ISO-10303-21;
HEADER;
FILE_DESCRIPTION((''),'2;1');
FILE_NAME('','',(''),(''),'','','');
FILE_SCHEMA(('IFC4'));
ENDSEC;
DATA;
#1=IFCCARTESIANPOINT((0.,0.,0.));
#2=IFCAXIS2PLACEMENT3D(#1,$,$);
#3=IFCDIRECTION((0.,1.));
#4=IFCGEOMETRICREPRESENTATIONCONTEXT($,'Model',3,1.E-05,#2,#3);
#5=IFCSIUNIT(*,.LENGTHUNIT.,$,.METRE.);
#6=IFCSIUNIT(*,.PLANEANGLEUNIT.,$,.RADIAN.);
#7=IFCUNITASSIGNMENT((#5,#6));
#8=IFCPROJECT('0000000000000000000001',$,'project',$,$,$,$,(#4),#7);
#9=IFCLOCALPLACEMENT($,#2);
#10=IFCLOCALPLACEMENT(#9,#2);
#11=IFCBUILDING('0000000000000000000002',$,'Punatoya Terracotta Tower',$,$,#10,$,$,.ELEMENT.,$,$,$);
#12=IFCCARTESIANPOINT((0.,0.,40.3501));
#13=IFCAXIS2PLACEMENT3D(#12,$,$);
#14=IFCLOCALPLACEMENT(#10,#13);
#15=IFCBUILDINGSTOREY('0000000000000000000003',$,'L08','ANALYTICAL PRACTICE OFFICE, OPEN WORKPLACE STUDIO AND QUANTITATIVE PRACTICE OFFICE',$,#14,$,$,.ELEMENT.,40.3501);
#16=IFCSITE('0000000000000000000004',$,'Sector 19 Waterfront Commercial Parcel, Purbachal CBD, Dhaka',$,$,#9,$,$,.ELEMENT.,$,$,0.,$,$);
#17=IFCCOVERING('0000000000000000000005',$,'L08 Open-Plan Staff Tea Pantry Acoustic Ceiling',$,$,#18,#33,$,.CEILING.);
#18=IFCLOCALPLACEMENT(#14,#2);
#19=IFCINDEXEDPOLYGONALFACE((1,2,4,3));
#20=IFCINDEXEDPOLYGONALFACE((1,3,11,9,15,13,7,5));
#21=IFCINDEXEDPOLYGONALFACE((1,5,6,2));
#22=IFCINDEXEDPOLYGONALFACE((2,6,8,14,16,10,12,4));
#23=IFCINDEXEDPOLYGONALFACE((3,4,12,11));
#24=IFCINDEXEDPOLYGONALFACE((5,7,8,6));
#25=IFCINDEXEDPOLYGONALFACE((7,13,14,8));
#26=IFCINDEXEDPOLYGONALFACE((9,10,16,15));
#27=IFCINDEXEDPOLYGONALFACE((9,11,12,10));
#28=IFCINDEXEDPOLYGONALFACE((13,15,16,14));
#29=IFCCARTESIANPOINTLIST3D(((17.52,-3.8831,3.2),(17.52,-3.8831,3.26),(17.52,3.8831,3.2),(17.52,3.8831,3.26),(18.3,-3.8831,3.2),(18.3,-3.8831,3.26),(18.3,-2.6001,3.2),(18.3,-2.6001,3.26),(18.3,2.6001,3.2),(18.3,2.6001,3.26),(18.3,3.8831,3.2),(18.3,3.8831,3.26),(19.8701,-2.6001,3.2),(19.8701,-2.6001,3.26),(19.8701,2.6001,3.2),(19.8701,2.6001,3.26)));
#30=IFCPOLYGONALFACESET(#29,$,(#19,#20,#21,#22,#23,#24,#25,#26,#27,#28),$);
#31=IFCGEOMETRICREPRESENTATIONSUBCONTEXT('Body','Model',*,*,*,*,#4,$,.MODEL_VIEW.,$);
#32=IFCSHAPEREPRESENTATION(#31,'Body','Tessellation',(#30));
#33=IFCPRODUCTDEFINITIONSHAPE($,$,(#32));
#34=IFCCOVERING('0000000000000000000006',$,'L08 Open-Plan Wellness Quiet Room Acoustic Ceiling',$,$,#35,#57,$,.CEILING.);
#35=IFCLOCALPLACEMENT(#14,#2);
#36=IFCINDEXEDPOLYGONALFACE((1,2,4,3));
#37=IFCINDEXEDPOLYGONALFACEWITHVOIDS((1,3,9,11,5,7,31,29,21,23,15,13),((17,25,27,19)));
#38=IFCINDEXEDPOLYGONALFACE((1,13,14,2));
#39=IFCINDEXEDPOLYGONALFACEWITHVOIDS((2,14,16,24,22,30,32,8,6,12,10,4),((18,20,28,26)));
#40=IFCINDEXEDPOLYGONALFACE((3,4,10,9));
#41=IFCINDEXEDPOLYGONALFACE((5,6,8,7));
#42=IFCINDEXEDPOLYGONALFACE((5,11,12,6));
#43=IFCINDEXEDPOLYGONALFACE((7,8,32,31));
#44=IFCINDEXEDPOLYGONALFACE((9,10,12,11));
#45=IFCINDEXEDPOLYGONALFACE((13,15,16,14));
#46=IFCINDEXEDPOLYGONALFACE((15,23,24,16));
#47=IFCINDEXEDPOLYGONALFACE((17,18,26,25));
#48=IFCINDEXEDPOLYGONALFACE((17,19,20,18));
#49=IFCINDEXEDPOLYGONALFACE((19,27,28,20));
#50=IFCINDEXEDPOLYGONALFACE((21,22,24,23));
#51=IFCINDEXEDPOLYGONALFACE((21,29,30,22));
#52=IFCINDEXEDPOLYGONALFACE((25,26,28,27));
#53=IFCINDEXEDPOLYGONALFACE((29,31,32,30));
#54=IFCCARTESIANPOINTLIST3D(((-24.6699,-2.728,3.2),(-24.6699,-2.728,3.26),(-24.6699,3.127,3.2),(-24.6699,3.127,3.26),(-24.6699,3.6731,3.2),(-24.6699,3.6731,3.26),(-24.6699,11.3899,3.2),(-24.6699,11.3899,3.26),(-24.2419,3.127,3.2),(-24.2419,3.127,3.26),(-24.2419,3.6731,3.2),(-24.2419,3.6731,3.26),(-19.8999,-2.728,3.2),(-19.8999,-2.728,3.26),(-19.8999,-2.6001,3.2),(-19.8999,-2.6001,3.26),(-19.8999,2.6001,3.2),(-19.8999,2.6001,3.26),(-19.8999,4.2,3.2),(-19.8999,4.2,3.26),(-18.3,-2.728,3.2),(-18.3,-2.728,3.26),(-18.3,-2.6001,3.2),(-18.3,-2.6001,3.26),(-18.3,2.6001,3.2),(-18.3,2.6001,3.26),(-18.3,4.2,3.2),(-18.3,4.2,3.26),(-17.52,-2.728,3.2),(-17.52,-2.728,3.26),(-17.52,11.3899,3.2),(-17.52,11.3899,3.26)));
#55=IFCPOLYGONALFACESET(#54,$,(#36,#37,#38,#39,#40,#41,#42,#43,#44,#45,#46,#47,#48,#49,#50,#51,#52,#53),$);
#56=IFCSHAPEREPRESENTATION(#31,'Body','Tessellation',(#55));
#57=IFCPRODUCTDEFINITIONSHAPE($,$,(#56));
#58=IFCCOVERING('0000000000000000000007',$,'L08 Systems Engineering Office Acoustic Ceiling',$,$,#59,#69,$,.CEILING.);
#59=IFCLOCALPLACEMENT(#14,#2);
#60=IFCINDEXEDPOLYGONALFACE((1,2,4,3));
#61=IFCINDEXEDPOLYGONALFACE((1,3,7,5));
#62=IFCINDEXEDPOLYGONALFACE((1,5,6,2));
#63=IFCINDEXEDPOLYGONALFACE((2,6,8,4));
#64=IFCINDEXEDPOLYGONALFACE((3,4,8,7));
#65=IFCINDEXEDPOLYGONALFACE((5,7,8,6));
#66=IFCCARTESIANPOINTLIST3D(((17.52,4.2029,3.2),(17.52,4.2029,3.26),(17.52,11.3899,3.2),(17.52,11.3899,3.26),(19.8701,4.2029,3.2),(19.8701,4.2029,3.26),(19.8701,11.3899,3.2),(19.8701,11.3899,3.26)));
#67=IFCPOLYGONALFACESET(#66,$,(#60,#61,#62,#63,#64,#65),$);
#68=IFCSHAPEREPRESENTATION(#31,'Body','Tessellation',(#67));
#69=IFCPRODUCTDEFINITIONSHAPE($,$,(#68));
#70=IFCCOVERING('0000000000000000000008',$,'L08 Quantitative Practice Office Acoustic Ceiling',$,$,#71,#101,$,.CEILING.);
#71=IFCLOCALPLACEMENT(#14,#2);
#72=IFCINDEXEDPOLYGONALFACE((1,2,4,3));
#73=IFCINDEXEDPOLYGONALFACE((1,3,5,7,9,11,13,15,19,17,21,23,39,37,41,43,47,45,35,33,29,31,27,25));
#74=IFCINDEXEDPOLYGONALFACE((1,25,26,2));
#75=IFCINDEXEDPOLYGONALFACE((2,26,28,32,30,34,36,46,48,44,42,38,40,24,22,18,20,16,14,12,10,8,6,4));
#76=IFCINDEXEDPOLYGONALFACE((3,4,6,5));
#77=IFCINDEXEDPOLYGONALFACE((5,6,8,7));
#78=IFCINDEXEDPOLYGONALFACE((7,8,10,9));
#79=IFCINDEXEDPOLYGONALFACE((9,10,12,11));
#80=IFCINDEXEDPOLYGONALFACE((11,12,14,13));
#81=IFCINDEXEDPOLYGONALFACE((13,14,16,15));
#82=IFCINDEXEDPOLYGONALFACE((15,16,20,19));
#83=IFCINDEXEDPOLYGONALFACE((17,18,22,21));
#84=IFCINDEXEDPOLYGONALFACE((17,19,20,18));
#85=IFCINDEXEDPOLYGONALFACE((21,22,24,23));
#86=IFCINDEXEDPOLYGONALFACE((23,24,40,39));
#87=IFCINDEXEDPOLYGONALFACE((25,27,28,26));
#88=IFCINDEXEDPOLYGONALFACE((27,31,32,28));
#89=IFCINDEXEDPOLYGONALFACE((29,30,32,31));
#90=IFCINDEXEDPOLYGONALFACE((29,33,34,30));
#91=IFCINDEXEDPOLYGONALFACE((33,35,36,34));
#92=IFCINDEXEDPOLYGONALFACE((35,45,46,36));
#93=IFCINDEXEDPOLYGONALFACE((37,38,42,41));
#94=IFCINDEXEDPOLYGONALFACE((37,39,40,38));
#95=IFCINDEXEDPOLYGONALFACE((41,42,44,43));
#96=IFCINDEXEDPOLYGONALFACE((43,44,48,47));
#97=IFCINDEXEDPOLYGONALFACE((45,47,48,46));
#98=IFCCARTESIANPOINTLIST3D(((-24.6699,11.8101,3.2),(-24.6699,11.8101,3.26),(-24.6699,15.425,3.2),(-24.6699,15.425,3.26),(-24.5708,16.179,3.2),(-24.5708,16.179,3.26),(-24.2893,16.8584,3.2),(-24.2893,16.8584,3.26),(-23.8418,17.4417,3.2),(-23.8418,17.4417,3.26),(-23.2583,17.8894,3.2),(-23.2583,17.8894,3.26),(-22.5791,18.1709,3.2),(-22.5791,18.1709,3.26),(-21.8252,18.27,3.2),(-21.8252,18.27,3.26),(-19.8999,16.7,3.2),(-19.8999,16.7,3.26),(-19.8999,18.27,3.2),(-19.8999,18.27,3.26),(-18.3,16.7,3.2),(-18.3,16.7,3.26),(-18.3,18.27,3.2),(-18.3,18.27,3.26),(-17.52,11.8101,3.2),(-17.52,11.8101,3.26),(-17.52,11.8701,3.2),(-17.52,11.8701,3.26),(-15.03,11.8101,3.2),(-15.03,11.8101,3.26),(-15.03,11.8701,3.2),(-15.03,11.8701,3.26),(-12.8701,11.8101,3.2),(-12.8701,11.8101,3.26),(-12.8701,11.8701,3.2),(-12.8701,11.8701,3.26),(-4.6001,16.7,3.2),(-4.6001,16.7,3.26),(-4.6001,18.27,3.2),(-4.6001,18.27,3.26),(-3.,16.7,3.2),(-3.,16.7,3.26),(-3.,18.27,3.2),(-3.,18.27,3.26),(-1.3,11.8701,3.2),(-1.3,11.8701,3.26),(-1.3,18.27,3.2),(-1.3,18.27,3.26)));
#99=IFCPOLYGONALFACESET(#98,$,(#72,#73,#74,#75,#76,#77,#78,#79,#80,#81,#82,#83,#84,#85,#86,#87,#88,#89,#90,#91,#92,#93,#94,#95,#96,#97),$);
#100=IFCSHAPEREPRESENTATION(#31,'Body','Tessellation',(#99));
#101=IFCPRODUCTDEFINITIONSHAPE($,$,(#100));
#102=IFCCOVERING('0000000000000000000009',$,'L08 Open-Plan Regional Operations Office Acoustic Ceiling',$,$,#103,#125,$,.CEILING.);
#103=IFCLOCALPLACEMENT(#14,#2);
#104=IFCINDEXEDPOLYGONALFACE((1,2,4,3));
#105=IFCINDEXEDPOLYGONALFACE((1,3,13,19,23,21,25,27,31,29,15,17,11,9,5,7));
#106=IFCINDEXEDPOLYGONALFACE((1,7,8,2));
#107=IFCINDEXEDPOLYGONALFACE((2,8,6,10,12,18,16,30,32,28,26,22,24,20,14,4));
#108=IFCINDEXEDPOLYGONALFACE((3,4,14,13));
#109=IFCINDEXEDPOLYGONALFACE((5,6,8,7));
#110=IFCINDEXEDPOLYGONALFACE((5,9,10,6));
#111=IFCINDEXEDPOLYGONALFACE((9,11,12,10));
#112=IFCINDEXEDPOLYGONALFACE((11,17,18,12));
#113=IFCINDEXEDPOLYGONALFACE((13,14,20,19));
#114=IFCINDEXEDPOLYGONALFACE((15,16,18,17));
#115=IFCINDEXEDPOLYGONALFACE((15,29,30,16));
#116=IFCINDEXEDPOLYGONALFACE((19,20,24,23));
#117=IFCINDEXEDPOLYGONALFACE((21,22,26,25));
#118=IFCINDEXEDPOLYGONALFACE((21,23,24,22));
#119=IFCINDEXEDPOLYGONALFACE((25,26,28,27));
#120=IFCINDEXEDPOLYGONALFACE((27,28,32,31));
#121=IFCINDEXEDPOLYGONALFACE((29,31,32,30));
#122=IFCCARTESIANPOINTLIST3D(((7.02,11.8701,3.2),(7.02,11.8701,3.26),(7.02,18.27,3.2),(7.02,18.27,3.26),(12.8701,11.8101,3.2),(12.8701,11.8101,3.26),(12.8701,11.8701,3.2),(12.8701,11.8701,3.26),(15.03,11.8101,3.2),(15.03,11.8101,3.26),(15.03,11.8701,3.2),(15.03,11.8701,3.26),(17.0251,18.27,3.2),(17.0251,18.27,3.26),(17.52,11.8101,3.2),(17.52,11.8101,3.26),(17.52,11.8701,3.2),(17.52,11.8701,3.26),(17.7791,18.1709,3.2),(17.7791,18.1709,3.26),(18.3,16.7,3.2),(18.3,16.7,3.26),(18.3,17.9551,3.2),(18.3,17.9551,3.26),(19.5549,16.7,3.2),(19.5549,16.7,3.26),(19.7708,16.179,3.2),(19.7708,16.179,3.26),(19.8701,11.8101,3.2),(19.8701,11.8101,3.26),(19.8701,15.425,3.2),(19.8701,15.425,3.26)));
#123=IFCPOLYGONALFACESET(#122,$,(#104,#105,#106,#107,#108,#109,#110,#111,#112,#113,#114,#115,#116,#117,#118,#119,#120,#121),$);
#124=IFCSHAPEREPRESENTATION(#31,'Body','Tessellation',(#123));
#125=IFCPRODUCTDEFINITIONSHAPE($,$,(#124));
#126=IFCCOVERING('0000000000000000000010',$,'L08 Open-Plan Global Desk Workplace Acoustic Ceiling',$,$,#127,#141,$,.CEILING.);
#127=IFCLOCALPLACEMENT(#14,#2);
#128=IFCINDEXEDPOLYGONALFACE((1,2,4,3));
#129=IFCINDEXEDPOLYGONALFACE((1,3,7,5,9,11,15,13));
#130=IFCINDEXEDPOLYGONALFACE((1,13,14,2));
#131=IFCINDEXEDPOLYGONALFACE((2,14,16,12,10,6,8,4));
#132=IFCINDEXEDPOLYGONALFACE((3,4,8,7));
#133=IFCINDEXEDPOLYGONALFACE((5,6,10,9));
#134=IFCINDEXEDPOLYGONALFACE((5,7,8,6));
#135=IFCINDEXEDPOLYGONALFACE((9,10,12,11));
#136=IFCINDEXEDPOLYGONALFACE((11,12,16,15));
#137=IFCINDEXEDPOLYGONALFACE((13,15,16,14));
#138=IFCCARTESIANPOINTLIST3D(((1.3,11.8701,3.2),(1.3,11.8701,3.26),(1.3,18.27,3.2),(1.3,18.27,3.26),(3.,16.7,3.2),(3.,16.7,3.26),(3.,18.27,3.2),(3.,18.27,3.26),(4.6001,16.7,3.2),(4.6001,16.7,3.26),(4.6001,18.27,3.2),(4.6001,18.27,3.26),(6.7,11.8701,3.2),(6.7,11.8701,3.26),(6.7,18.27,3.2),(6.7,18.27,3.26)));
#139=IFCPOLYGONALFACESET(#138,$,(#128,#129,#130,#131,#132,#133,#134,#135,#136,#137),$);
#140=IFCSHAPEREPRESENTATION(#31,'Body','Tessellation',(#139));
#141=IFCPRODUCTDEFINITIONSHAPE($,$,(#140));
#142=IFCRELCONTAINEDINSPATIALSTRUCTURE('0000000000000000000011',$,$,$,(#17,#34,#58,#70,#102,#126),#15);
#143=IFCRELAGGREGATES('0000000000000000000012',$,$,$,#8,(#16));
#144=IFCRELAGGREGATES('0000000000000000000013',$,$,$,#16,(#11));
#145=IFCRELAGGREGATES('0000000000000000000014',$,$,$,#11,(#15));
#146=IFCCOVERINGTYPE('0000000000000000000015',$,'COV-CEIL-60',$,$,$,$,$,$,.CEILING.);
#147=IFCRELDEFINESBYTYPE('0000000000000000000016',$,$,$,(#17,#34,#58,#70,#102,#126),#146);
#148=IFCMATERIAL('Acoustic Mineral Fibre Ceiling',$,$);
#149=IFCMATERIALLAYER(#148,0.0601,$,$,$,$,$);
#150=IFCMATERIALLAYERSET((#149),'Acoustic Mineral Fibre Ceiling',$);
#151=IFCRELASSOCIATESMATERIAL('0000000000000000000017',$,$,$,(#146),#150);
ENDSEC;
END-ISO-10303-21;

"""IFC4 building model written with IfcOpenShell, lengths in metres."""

from ifc_helpers import new_model, si_unit, direction, frame, origin, place, context, subcontext, project, spatial, polyline, outline, extrude, material, layer, layer_set, type_object, element, save


model = new_model("IFC4")

# Units and contexts
model_context = context("Model", 3, precision=1e-05, world=origin(), true_north=direction((0.0, 1.0)))
body_context = subcontext(model_context, "Body", "Model", "MODEL_VIEW")
ifc_project = project(units=[si_unit("LENGTHUNIT", "METRE"), si_unit("PLANEANGLEUNIT", "RADIAN")], contexts=[model_context])

# Site, building, storey
site_placement = place(None, origin())
site = spatial("IfcSite", under=ifc_project, at=site_placement, Name="Sector 19 Waterfront Commercial Parcel, Purbachal CBD, Dhaka", CompositionType="ELEMENT", RefElevation=0.0)
building_placement = place(site_placement, origin())
building = spatial("IfcBuilding", under=site, at=building_placement, Name="Punatoya Terracotta Tower", CompositionType="ELEMENT")
storey_placement = place(building_placement, frame((0.0, 0.0, 40.3501)))
storey = spatial("IfcBuildingStorey", under=building, at=storey_placement, Name="L08", Description="ANALYTICAL PRACTICE OFFICE, OPEN WORKPLACE STUDIO AND QUANTITATIVE PRACTICE OFFICE", CompositionType="ELEMENT", Elevation=40.3501)

# Coverings
ifc_material_1 = material(Name="Acoustic Mineral Fibre Ceiling")
ifc_layer_1 = layer(ifc_material_1, 0.0601)
ifc_layer_set_1 = layer_set([ifc_layer_1], Name="Acoustic Mineral Fibre Ceiling")
covering_type = type_object("IfcCoveringType", Name="COV-CEIL-60", PredefinedType="CEILING", material=ifc_layer_set_1)
covering_1_placement = place(storey_placement, frame((0.0, 0.0, 3.2)))
element("IfcCovering", 1, at=covering_1_placement, inside=storey, type_object=covering_type, Name="L08 Open-Plan Staff Tea Pantry Acoustic Ceiling", PredefinedType="CEILING", context=body_context, shape_type="SweptSolid", body=[
    extrude(outline(polyline([(18.3, 2.6001), (18.3, 3.8831), (17.52, 3.8831), (17.52, -3.8831), (18.3, -3.8831), (18.3, -2.6001), (19.8701, -2.6001), (19.8701, 2.6001), (18.3, 2.6001)])), origin(), (0.0, 0.0, 1.0), 0.0601),
])
covering_2_placement = place(storey_placement, frame((0.0, 0.0, 3.2)))
element("IfcCovering", 2, at=covering_2_placement, inside=storey, type_object=covering_type, Name="L08 Open-Plan Wellness Quiet Room Acoustic Ceiling", PredefinedType="CEILING", context=body_context, shape_type="SweptSolid", body=[
    extrude(outline(polyline([(-17.52, -2.728), (-17.52, 11.3899), (-24.6699, 11.3899), (-24.6699, 3.6731), (-24.2419, 3.6731), (-24.2419, 3.127), (-24.6699, 3.127), (-24.6699, -2.728), (-19.8999, -2.728), (-19.8999, -2.6001), (-18.3, -2.6001), (-18.3, -2.728), (-17.52, -2.728)]), holes=[polyline([(-18.3, 4.2), (-18.3, 2.6001), (-19.8999, 2.6001), (-19.8999, 4.2), (-18.3, 4.2)])]), origin(), (0.0, 0.0, 1.0), 0.0601),
])
covering_3_placement = place(storey_placement, frame((0.0, 0.0, 3.2)))
element("IfcCovering", 3, at=covering_3_placement, inside=storey, type_object=covering_type, Name="L08 Systems Engineering Office Acoustic Ceiling", PredefinedType="CEILING", context=body_context, shape_type="SweptSolid", body=[
    extrude(outline(polyline([(17.52, 11.3899), (17.52, 4.2029), (19.8701, 4.2029), (19.8701, 11.3899), (17.52, 11.3899)])), origin(), (0.0, 0.0, 1.0), 0.0601),
])
covering_4_placement = place(storey_placement, frame((0.0, 0.0, 3.2)))
element("IfcCovering", 4, at=covering_4_placement, inside=storey, type_object=covering_type, Name="L08 Quantitative Practice Office Acoustic Ceiling", PredefinedType="CEILING", context=body_context, shape_type="SweptSolid", body=[
    extrude(outline(polyline([(-21.8252, 18.27), (-22.5791, 18.1709), (-23.2583, 17.8894), (-23.8418, 17.4417), (-24.2893, 16.8584), (-24.5708, 16.179), (-24.6699, 15.425), (-24.6699, 11.8101), (-17.52, 11.8101), (-17.52, 11.8701), (-15.03, 11.8701), (-15.03, 11.8101), (-12.8701, 11.8101), (-12.8701, 11.8701), (-1.3, 11.8701), (-1.3, 18.27), (-3.0, 18.27), (-3.0, 16.7), (-4.6001, 16.7), (-4.6001, 18.27), (-18.3, 18.27), (-18.3, 16.7), (-19.8999, 16.7), (-19.8999, 18.27), (-21.8252, 18.27)])), origin(), (0.0, 0.0, 1.0), 0.0601),
])
covering_5_placement = place(storey_placement, frame((0.0, 0.0, 3.2)))
element("IfcCovering", 5, at=covering_5_placement, inside=storey, type_object=covering_type, Name="L08 Open-Plan Regional Operations Office Acoustic Ceiling", PredefinedType="CEILING", context=body_context, shape_type="SweptSolid", body=[
    extrude(outline(polyline([(12.8701, 11.8101), (15.03, 11.8101), (15.03, 11.8701), (17.52, 11.8701), (17.52, 11.8101), (19.8701, 11.8101), (19.8701, 15.425), (19.7708, 16.179), (19.5549, 16.7), (18.3, 16.7), (18.3, 17.9551), (17.7791, 18.1709), (17.0251, 18.27), (7.02, 18.27), (7.02, 11.8701), (12.8701, 11.8701), (12.8701, 11.8101)])), origin(), (0.0, 0.0, 1.0), 0.0601),
])
covering_6_placement = place(storey_placement, frame((0.0, 0.0, 3.2)))
element("IfcCovering", 6, at=covering_6_placement, inside=storey, type_object=covering_type, Name="L08 Open-Plan Global Desk Workplace Acoustic Ceiling", PredefinedType="CEILING", context=body_context, shape_type="SweptSolid", body=[
    extrude(outline(polyline([(4.6001, 16.7), (3.0, 16.7), (3.0, 18.27), (1.3, 18.27), (1.3, 11.8701), (6.7, 11.8701), (6.7, 18.27), (4.6001, 18.27), (4.6001, 16.7)])), origin(), (0.0, 0.0, 1.0), 0.0601),
])

save(model, "model.ifc")
